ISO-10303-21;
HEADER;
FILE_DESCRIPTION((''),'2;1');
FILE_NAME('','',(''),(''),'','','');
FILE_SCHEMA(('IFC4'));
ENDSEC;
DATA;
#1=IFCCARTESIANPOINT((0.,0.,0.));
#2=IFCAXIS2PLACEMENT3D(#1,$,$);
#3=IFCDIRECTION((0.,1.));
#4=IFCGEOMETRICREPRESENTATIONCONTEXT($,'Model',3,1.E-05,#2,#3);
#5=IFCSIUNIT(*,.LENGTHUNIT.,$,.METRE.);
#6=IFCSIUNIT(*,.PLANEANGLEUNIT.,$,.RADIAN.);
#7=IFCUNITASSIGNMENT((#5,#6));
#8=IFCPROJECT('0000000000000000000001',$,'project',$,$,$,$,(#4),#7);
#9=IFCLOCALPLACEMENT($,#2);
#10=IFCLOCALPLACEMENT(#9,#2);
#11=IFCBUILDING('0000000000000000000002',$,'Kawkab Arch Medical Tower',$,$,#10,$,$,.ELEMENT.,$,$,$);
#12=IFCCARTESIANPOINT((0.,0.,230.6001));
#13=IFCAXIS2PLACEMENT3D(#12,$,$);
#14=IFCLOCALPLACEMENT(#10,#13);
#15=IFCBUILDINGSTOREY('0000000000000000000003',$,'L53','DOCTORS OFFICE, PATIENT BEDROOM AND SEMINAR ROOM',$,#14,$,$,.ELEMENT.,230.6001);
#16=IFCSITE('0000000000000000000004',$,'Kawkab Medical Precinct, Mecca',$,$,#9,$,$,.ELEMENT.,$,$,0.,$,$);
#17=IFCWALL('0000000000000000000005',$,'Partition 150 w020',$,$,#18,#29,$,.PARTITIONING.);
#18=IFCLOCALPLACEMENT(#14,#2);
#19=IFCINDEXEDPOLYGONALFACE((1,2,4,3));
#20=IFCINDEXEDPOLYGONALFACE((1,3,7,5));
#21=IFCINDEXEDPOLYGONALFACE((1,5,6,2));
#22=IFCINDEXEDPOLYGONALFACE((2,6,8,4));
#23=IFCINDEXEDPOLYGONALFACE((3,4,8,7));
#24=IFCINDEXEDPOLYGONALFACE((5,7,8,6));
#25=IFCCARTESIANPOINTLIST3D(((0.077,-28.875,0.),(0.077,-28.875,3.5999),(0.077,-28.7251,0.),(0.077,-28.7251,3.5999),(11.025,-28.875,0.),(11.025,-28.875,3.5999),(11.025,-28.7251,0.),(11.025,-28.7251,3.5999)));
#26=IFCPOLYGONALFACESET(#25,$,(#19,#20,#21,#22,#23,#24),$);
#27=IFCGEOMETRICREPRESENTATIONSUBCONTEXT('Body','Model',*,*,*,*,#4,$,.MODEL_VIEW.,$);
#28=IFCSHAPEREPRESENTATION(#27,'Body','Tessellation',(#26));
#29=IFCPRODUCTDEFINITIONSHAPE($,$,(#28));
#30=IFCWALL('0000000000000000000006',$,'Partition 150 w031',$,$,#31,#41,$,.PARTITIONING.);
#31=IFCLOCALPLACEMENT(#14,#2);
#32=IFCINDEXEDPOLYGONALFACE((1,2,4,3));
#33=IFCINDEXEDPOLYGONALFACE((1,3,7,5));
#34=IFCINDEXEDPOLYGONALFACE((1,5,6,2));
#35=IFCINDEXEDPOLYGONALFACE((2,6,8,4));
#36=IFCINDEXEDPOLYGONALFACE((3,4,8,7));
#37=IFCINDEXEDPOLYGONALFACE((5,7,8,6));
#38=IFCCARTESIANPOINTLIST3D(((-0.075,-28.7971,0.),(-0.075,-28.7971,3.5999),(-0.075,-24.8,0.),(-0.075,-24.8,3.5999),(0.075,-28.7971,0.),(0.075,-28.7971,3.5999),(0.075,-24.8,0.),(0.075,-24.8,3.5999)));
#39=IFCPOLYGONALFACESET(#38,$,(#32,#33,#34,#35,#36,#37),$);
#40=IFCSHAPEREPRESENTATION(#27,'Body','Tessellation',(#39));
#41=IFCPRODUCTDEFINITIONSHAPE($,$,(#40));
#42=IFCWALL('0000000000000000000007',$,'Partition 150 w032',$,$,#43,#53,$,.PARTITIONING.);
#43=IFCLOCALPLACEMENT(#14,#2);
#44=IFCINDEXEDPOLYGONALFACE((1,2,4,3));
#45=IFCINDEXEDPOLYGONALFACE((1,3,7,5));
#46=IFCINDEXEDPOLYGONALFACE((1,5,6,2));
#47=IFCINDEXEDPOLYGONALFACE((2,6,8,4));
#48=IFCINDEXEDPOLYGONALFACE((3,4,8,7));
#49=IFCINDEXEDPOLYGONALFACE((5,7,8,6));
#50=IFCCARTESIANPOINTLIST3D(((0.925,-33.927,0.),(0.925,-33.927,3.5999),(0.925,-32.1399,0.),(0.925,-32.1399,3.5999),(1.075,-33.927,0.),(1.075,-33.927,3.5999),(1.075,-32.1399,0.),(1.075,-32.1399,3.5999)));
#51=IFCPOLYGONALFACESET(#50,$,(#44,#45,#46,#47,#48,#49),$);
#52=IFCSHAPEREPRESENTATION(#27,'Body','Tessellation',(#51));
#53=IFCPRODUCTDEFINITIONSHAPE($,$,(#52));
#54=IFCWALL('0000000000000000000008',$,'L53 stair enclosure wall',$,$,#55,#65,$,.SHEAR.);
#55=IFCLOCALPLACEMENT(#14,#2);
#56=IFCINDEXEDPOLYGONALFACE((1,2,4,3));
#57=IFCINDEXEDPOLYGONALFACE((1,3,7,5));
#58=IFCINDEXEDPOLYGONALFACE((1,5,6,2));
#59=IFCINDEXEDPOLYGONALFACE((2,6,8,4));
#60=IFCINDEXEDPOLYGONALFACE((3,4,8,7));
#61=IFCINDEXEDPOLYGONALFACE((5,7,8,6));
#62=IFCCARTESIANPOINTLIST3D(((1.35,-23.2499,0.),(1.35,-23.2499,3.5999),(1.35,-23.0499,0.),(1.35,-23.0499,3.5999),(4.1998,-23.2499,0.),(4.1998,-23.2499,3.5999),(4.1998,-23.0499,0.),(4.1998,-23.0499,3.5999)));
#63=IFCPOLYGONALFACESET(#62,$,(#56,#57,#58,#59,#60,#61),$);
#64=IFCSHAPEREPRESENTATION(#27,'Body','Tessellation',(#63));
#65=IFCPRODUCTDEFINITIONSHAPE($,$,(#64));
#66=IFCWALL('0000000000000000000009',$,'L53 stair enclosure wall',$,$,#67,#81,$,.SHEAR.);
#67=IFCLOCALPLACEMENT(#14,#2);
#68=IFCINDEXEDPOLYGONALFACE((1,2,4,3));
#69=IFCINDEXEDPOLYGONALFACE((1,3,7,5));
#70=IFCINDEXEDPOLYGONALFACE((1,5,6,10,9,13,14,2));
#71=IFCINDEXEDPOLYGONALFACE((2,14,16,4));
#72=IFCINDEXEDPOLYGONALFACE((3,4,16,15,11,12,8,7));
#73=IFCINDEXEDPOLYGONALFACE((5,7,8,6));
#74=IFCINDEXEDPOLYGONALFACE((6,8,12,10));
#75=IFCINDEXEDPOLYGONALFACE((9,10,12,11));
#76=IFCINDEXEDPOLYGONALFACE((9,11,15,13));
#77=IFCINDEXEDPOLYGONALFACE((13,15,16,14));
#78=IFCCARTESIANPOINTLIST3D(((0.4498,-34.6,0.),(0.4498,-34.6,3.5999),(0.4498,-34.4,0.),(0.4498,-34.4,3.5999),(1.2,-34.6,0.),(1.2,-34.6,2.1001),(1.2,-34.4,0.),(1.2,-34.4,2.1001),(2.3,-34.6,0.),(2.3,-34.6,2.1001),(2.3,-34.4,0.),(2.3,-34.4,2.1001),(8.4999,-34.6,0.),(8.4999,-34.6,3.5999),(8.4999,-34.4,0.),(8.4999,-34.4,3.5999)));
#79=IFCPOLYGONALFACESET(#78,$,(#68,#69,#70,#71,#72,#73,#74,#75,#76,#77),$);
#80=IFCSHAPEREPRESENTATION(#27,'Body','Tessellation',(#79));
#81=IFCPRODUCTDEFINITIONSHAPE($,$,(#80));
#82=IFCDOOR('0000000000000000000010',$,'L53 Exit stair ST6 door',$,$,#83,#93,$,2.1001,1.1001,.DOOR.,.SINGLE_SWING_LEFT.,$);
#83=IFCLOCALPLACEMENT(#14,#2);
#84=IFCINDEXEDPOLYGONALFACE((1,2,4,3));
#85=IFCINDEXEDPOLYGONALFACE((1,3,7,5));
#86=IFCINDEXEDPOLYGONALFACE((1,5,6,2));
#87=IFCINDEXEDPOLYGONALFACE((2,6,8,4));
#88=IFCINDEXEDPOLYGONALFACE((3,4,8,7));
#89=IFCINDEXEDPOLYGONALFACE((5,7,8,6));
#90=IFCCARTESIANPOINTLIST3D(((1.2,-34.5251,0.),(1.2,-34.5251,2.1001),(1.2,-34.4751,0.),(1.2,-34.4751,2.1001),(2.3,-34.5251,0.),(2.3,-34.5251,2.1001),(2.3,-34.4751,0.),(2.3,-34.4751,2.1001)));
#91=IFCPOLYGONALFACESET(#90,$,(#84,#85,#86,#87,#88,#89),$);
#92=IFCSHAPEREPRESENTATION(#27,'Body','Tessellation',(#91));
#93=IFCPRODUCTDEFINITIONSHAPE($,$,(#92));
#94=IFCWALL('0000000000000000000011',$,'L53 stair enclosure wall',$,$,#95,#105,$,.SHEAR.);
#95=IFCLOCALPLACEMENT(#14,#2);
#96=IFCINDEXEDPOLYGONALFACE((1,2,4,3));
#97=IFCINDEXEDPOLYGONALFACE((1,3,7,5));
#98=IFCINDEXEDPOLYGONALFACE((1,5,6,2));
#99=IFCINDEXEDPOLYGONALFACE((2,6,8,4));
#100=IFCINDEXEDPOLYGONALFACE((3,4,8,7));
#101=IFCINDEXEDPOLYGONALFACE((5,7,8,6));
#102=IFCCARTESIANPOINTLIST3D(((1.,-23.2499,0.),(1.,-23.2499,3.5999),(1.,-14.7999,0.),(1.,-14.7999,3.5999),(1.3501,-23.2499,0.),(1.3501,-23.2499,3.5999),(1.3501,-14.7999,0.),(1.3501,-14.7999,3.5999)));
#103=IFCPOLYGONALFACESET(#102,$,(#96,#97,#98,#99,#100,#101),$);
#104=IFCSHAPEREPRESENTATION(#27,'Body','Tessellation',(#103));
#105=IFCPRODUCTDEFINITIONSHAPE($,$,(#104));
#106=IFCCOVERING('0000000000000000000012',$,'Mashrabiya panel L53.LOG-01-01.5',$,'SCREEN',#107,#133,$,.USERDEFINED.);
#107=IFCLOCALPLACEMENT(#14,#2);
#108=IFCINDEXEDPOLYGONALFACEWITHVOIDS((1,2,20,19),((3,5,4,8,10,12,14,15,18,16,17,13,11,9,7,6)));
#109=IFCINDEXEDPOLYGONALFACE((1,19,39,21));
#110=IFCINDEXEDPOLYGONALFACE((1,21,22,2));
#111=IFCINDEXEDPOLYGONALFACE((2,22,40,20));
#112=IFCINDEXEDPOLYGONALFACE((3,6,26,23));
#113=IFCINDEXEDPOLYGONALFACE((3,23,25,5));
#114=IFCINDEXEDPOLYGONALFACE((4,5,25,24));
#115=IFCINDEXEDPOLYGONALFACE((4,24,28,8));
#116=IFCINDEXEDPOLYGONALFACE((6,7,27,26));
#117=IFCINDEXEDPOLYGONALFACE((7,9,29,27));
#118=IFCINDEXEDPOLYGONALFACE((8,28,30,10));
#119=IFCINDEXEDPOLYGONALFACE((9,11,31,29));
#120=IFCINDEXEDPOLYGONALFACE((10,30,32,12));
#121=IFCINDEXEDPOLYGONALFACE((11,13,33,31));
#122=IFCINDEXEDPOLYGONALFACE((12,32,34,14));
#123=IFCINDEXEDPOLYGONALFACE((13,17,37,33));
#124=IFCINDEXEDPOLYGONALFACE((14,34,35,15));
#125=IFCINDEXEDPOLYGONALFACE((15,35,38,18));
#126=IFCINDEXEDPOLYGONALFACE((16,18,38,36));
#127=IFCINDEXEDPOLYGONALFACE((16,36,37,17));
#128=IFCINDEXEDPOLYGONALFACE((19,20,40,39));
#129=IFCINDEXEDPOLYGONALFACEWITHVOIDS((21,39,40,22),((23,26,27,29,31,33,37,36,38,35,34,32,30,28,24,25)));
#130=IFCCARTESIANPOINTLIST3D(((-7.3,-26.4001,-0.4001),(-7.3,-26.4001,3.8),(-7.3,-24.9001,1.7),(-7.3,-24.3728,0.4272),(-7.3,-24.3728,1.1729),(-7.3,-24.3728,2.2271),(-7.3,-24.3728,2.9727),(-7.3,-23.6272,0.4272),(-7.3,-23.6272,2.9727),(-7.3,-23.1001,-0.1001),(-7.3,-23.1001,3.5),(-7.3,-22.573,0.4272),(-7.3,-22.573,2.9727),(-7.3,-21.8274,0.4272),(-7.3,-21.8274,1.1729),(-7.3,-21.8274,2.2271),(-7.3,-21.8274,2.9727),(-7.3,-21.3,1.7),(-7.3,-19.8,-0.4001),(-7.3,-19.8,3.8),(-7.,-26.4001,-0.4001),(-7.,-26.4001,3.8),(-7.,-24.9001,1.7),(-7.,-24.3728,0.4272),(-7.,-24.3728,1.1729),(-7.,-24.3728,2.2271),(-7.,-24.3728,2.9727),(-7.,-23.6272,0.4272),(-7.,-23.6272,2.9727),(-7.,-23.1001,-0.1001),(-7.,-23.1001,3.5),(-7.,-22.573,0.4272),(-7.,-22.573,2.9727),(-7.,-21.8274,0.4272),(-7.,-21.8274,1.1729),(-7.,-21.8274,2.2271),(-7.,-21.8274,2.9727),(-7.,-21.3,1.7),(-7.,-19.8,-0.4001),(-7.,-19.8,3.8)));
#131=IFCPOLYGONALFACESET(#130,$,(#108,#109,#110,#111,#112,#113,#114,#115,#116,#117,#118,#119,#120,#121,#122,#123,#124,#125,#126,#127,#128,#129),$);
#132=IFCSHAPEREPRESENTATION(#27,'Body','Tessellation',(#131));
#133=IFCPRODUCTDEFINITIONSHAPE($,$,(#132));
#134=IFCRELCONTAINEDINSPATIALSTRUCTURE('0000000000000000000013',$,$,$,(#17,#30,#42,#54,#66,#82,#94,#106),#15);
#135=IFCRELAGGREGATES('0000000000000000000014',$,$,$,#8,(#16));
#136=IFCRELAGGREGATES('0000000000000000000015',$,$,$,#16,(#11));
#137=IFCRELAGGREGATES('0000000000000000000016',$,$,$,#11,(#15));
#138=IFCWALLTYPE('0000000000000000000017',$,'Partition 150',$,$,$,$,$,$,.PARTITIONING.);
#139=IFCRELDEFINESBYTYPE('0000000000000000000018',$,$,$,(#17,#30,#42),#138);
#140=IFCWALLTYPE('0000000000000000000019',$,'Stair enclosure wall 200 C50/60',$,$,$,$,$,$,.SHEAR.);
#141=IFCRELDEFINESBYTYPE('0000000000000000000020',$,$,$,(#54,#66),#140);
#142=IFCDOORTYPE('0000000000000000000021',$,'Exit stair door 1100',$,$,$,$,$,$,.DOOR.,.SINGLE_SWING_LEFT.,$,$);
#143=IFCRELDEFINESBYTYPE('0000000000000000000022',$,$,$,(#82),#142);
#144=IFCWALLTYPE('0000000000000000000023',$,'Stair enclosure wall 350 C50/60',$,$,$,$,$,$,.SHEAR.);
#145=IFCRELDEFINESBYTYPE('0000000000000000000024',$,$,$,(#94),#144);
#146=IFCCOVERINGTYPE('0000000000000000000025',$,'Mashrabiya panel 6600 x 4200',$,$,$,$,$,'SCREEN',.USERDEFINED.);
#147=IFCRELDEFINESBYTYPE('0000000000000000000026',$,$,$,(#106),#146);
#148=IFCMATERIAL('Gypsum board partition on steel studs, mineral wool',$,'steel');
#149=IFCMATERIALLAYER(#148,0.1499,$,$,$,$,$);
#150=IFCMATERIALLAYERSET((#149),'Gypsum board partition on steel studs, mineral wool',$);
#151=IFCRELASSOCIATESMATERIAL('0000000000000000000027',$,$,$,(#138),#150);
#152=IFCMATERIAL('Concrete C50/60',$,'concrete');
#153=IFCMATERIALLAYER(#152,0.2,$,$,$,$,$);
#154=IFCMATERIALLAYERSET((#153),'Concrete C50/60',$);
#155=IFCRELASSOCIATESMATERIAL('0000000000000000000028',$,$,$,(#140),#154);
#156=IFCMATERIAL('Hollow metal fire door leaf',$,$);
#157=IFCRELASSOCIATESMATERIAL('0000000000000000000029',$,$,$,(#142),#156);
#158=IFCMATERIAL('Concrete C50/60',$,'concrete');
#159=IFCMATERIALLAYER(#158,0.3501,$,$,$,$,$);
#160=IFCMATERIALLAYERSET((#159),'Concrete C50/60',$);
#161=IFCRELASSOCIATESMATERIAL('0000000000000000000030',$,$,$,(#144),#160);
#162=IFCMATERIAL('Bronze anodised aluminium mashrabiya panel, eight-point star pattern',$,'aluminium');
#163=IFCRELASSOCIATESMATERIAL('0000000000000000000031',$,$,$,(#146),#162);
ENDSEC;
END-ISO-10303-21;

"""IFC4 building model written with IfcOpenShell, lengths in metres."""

from ifc_helpers import new_model, si_unit, direction, frame, frame_2d, origin, place, context, subcontext, project, spatial, polyline, rectangle, outline, extrude, material, layer, layer_set, material_profile, profile_set, type_object, element, fill, save


model = new_model("IFC4")

# Units and contexts
model_context = context("Model", 3, precision=1e-05, world=origin(), true_north=direction((0.0, 1.0)))
body_context = subcontext(model_context, "Body", "Model", "MODEL_VIEW")
ifc_project = project(units=[si_unit("LENGTHUNIT", "METRE"), si_unit("PLANEANGLEUNIT", "RADIAN")], contexts=[model_context])

# Site, building, storey
site_placement = place(None, origin())
site = spatial("IfcSite", under=ifc_project, at=site_placement, Name="Kawkab Medical Precinct, Mecca", CompositionType="ELEMENT", RefElevation=0.0)
building_placement = place(site_placement, origin())
building = spatial("IfcBuilding", under=site, at=building_placement, Name="Kawkab Arch Medical Tower", CompositionType="ELEMENT")
storey_placement = place(building_placement, frame((0.0, 0.0, 230.6001)))
storey = spatial("IfcBuildingStorey", under=building, at=storey_placement, Name="L53", Description="DOCTORS OFFICE, PATIENT BEDROOM AND SEMINAR ROOM", CompositionType="ELEMENT", Elevation=230.6001)

# Shared definitions
ifc_material_1 = material(Name="Gypsum board partition on steel studs, mineral wool", Category="steel")
ifc_layer_1 = layer(ifc_material_1, 0.1499)
ifc_layer_set_1 = layer_set([ifc_layer_1], Name="Gypsum board partition on steel studs, mineral wool")
wall_type_1 = type_object("IfcWallType", Name="Partition 150", PredefinedType="PARTITIONING", material=ifc_layer_set_1)

# Walls
wall_1_placement = place(storey_placement, frame((0.0769, -28.8, 0.0), z_axis=(0.0, 0.0, 1.0), x_axis=(1.0, 0.0, 0.0)))
element("IfcWall", 1, at=wall_1_placement, inside=storey, type_object=wall_type_1, Name="Partition 150 w020", PredefinedType="PARTITIONING", context=body_context, shape_type="SweptSolid", body=[
    extrude(rectangle(XDim=10.948, YDim=0.1499, at=frame_2d((5.4741, 0.0))), origin(), (0.0, 0.0, 1.0), 3.5999),
])
wall_2_placement = place(storey_placement, frame((0.0, -28.7971, 0.0), z_axis=(0.0, 0.0, 1.0), x_axis=(0.0, 1.0, 0.0)))
element("IfcWall", 2, at=wall_2_placement, inside=storey, type_object=wall_type_1, Name="Partition 150 w031", PredefinedType="PARTITIONING", context=body_context, shape_type="SweptSolid", body=[
    extrude(rectangle(XDim=3.9971, YDim=0.1499, at=frame_2d((1.9985, 0.0))), origin(), (0.0, 0.0, 1.0), 3.5999),
])
wall_3_placement = place(storey_placement, frame((1.0, -33.927, 0.0), z_axis=(0.0, 0.0, 1.0), x_axis=(0.0, 1.0, 0.0)))
element("IfcWall", 3, at=wall_3_placement, inside=storey, type_object=wall_type_1, Name="Partition 150 w032", PredefinedType="PARTITIONING", context=body_context, shape_type="SweptSolid", body=[
    extrude(rectangle(XDim=1.7871, YDim=0.1499, at=frame_2d((0.8936, 0.0))), origin(), (0.0, 0.0, 1.0), 3.5999),
])
ifc_material_2 = material(Name="Concrete C50/60", Category="concrete")
ifc_layer_2 = layer(ifc_material_2, 0.2)
ifc_layer_set_2 = layer_set([ifc_layer_2], Name="Concrete C50/60")
wall_type_2 = type_object("IfcWallType", Name="Stair enclosure wall 200 C50/60", PredefinedType="SHEAR", material=ifc_layer_set_2)
wall_4_placement = place(storey_placement, frame((1.3501, -23.1499, 0.0), z_axis=(0.0, 0.0, 1.0), x_axis=(1.0, 0.0, 0.0)))
element("IfcWall", 4, at=wall_4_placement, inside=storey, type_object=wall_type_2, Name="L53 stair enclosure wall", PredefinedType="SHEAR", context=body_context, shape_type="SweptSolid", body=[
    extrude(rectangle(XDim=2.8499, YDim=0.2, at=frame_2d((1.4248, 0.0))), origin(), (0.0, 0.0, 1.0), 3.5999),
])

# Wall, opening, door
wall_5_placement = place(storey_placement, frame((0.45, -34.5, 0.0), z_axis=(0.0, 0.0, 1.0), x_axis=(1.0, 0.0, 0.0)))
wall_5 = element("IfcWall", 5, at=wall_5_placement, inside=storey, type_object=wall_type_2, Name="L53 stair enclosure wall", PredefinedType="SHEAR", context=body_context, shape_type="SweptSolid", body=[
    extrude(rectangle(XDim=8.05, YDim=0.2, at=frame_2d((4.0249, 0.0))), origin(), (0.0, 0.0, 1.0), 3.5999),
])
opening_1_placement = place(wall_5_placement, frame((0.75, 0.0, 0.0)))
opening_1 = element("IfcOpeningElement", 6, at=opening_1_placement, cuts=wall_5, PredefinedType="OPENING", context=body_context, shape_type="SweptSolid", body=[
    extrude(rectangle(XDim=1.1001, YDim=2.1001, at=frame_2d((0.55, 1.05))), frame((0.0, 0.1099, 0.0), z_axis=(0.0, -1.0, 0.0), x_axis=(1.0, 0.0, 0.0)), (0.0, 0.0, 1.0), 0.22),
])
ifc_material_3 = material(Name="Hollow metal fire door leaf")
door_type_1 = type_object("IfcDoorType", Name="Exit stair door 1100", OperationType="SINGLE_SWING_LEFT", PredefinedType="DOOR", material=ifc_material_3)
door_1_placement = place(opening_1_placement, origin())
door_1 = element("IfcDoor", 7, at=door_1_placement, inside=storey, type_object=door_type_1, Name="L53 Exit stair ST6 door", OperationType="SINGLE_SWING_LEFT", OverallHeight=2.1001, OverallWidth=1.1001, PredefinedType="DOOR", context=body_context, shape_type="SweptSolid", body=[
    extrude(rectangle(XDim=1.1001, YDim=2.1001, at=frame_2d((0.55, 1.05))), frame((0.0, 0.0249, 0.0), z_axis=(0.0, -1.0, 0.0), x_axis=(1.0, 0.0, 0.0)), (0.0, 0.0, 1.0), 0.05),
])
fill(opening_1, door_1)

# Wall
ifc_material_4 = material(Name="Concrete C50/60", Category="concrete")
ifc_layer_3 = layer(ifc_material_4, 0.3501)
ifc_layer_set_3 = layer_set([ifc_layer_3], Name="Concrete C50/60")
wall_type_3 = type_object("IfcWallType", Name="Stair enclosure wall 350 C50/60", PredefinedType="SHEAR", material=ifc_layer_set_3)
wall_6_placement = place(storey_placement, frame((1.175, -23.25, 0.0), z_axis=(0.0, 0.0, 1.0), x_axis=(0.0, 1.0, 0.0)))
element("IfcWall", 8, at=wall_6_placement, inside=storey, type_object=wall_type_3, Name="L53 stair enclosure wall", PredefinedType="SHEAR", context=body_context, shape_type="SweptSolid", body=[
    extrude(rectangle(XDim=8.45, YDim=0.3501, at=frame_2d((4.2251, 0.0))), origin(), (0.0, 0.0, 1.0), 3.5999),
])

# Covering
ifc_material_5 = material(Name="Bronze anodised aluminium mashrabiya panel, eight-point star pattern", Category="aluminium")
ifc_material_profile_1 = material_profile(ifc_material_5, outline(polyline([(-3.3, -2.1001), (3.3, -2.1001), (3.3, 2.1001), (-3.3, 2.1001), (-3.3, -2.1001)]), holes=[polyline([(1.8, 0.0), (1.2727, 0.5271), (1.2727, 1.2727), (0.5271, 1.2727), (0.0, 1.8), (-0.5271, 1.2727), (-1.2727, 1.2727), (-1.2727, 0.5271), (-1.8, 0.0), (-1.2727, -0.5271), (-1.2727, -1.2727), (-0.5271, -1.2727), (0.0, -1.8), (0.5271, -1.2727), (1.2727, -1.2727), (1.2727, -0.5271), (1.8, 0.0)])]), Name="Mashrabiya panel 6600x4200")
ifc_profile_set_1 = profile_set([ifc_material_profile_1], Name="Bronze anodised aluminium mashrabiya panel, eight-point star pattern")
covering_type = type_object("IfcCoveringType", Name="Mashrabiya panel 6600 x 4200", ElementType="SCREEN", PredefinedType="USERDEFINED", material=ifc_profile_set_1)
covering_placement = place(storey_placement, frame((-7.0, -23.1001, 1.7), z_axis=(-1.0, 0.0, 0.0), x_axis=(0.0, -1.0, 0.0)))
element("IfcCovering", 9, at=covering_placement, inside=storey, type_object=covering_type, Name="Mashrabiya panel L53.LOG-01-01.5", ObjectType="SCREEN", PredefinedType="USERDEFINED", context=body_context, shape_type="SweptSolid", body=[
    extrude(outline(polyline([(-3.3, -2.1001), (3.3, -2.1001), (3.3, 2.1001), (-3.3, 2.1001), (-3.3, -2.1001)]), holes=[polyline([(1.8, 0.0), (1.2727, 0.5271), (1.2727, 1.2727), (0.5271, 1.2727), (0.0, 1.8), (-0.5271, 1.2727), (-1.2727, 1.2727), (-1.2727, 0.5271), (-1.8, 0.0), (-1.2727, -0.5271), (-1.2727, -1.2727), (-0.5271, -1.2727), (0.0, -1.8), (0.5271, -1.2727), (1.2727, -1.2727), (1.2727, -0.5271), (1.8, 0.0)])]), origin(), (0.0, 0.0, 1.0), 0.3),
])

save(model, "model.ifc")
